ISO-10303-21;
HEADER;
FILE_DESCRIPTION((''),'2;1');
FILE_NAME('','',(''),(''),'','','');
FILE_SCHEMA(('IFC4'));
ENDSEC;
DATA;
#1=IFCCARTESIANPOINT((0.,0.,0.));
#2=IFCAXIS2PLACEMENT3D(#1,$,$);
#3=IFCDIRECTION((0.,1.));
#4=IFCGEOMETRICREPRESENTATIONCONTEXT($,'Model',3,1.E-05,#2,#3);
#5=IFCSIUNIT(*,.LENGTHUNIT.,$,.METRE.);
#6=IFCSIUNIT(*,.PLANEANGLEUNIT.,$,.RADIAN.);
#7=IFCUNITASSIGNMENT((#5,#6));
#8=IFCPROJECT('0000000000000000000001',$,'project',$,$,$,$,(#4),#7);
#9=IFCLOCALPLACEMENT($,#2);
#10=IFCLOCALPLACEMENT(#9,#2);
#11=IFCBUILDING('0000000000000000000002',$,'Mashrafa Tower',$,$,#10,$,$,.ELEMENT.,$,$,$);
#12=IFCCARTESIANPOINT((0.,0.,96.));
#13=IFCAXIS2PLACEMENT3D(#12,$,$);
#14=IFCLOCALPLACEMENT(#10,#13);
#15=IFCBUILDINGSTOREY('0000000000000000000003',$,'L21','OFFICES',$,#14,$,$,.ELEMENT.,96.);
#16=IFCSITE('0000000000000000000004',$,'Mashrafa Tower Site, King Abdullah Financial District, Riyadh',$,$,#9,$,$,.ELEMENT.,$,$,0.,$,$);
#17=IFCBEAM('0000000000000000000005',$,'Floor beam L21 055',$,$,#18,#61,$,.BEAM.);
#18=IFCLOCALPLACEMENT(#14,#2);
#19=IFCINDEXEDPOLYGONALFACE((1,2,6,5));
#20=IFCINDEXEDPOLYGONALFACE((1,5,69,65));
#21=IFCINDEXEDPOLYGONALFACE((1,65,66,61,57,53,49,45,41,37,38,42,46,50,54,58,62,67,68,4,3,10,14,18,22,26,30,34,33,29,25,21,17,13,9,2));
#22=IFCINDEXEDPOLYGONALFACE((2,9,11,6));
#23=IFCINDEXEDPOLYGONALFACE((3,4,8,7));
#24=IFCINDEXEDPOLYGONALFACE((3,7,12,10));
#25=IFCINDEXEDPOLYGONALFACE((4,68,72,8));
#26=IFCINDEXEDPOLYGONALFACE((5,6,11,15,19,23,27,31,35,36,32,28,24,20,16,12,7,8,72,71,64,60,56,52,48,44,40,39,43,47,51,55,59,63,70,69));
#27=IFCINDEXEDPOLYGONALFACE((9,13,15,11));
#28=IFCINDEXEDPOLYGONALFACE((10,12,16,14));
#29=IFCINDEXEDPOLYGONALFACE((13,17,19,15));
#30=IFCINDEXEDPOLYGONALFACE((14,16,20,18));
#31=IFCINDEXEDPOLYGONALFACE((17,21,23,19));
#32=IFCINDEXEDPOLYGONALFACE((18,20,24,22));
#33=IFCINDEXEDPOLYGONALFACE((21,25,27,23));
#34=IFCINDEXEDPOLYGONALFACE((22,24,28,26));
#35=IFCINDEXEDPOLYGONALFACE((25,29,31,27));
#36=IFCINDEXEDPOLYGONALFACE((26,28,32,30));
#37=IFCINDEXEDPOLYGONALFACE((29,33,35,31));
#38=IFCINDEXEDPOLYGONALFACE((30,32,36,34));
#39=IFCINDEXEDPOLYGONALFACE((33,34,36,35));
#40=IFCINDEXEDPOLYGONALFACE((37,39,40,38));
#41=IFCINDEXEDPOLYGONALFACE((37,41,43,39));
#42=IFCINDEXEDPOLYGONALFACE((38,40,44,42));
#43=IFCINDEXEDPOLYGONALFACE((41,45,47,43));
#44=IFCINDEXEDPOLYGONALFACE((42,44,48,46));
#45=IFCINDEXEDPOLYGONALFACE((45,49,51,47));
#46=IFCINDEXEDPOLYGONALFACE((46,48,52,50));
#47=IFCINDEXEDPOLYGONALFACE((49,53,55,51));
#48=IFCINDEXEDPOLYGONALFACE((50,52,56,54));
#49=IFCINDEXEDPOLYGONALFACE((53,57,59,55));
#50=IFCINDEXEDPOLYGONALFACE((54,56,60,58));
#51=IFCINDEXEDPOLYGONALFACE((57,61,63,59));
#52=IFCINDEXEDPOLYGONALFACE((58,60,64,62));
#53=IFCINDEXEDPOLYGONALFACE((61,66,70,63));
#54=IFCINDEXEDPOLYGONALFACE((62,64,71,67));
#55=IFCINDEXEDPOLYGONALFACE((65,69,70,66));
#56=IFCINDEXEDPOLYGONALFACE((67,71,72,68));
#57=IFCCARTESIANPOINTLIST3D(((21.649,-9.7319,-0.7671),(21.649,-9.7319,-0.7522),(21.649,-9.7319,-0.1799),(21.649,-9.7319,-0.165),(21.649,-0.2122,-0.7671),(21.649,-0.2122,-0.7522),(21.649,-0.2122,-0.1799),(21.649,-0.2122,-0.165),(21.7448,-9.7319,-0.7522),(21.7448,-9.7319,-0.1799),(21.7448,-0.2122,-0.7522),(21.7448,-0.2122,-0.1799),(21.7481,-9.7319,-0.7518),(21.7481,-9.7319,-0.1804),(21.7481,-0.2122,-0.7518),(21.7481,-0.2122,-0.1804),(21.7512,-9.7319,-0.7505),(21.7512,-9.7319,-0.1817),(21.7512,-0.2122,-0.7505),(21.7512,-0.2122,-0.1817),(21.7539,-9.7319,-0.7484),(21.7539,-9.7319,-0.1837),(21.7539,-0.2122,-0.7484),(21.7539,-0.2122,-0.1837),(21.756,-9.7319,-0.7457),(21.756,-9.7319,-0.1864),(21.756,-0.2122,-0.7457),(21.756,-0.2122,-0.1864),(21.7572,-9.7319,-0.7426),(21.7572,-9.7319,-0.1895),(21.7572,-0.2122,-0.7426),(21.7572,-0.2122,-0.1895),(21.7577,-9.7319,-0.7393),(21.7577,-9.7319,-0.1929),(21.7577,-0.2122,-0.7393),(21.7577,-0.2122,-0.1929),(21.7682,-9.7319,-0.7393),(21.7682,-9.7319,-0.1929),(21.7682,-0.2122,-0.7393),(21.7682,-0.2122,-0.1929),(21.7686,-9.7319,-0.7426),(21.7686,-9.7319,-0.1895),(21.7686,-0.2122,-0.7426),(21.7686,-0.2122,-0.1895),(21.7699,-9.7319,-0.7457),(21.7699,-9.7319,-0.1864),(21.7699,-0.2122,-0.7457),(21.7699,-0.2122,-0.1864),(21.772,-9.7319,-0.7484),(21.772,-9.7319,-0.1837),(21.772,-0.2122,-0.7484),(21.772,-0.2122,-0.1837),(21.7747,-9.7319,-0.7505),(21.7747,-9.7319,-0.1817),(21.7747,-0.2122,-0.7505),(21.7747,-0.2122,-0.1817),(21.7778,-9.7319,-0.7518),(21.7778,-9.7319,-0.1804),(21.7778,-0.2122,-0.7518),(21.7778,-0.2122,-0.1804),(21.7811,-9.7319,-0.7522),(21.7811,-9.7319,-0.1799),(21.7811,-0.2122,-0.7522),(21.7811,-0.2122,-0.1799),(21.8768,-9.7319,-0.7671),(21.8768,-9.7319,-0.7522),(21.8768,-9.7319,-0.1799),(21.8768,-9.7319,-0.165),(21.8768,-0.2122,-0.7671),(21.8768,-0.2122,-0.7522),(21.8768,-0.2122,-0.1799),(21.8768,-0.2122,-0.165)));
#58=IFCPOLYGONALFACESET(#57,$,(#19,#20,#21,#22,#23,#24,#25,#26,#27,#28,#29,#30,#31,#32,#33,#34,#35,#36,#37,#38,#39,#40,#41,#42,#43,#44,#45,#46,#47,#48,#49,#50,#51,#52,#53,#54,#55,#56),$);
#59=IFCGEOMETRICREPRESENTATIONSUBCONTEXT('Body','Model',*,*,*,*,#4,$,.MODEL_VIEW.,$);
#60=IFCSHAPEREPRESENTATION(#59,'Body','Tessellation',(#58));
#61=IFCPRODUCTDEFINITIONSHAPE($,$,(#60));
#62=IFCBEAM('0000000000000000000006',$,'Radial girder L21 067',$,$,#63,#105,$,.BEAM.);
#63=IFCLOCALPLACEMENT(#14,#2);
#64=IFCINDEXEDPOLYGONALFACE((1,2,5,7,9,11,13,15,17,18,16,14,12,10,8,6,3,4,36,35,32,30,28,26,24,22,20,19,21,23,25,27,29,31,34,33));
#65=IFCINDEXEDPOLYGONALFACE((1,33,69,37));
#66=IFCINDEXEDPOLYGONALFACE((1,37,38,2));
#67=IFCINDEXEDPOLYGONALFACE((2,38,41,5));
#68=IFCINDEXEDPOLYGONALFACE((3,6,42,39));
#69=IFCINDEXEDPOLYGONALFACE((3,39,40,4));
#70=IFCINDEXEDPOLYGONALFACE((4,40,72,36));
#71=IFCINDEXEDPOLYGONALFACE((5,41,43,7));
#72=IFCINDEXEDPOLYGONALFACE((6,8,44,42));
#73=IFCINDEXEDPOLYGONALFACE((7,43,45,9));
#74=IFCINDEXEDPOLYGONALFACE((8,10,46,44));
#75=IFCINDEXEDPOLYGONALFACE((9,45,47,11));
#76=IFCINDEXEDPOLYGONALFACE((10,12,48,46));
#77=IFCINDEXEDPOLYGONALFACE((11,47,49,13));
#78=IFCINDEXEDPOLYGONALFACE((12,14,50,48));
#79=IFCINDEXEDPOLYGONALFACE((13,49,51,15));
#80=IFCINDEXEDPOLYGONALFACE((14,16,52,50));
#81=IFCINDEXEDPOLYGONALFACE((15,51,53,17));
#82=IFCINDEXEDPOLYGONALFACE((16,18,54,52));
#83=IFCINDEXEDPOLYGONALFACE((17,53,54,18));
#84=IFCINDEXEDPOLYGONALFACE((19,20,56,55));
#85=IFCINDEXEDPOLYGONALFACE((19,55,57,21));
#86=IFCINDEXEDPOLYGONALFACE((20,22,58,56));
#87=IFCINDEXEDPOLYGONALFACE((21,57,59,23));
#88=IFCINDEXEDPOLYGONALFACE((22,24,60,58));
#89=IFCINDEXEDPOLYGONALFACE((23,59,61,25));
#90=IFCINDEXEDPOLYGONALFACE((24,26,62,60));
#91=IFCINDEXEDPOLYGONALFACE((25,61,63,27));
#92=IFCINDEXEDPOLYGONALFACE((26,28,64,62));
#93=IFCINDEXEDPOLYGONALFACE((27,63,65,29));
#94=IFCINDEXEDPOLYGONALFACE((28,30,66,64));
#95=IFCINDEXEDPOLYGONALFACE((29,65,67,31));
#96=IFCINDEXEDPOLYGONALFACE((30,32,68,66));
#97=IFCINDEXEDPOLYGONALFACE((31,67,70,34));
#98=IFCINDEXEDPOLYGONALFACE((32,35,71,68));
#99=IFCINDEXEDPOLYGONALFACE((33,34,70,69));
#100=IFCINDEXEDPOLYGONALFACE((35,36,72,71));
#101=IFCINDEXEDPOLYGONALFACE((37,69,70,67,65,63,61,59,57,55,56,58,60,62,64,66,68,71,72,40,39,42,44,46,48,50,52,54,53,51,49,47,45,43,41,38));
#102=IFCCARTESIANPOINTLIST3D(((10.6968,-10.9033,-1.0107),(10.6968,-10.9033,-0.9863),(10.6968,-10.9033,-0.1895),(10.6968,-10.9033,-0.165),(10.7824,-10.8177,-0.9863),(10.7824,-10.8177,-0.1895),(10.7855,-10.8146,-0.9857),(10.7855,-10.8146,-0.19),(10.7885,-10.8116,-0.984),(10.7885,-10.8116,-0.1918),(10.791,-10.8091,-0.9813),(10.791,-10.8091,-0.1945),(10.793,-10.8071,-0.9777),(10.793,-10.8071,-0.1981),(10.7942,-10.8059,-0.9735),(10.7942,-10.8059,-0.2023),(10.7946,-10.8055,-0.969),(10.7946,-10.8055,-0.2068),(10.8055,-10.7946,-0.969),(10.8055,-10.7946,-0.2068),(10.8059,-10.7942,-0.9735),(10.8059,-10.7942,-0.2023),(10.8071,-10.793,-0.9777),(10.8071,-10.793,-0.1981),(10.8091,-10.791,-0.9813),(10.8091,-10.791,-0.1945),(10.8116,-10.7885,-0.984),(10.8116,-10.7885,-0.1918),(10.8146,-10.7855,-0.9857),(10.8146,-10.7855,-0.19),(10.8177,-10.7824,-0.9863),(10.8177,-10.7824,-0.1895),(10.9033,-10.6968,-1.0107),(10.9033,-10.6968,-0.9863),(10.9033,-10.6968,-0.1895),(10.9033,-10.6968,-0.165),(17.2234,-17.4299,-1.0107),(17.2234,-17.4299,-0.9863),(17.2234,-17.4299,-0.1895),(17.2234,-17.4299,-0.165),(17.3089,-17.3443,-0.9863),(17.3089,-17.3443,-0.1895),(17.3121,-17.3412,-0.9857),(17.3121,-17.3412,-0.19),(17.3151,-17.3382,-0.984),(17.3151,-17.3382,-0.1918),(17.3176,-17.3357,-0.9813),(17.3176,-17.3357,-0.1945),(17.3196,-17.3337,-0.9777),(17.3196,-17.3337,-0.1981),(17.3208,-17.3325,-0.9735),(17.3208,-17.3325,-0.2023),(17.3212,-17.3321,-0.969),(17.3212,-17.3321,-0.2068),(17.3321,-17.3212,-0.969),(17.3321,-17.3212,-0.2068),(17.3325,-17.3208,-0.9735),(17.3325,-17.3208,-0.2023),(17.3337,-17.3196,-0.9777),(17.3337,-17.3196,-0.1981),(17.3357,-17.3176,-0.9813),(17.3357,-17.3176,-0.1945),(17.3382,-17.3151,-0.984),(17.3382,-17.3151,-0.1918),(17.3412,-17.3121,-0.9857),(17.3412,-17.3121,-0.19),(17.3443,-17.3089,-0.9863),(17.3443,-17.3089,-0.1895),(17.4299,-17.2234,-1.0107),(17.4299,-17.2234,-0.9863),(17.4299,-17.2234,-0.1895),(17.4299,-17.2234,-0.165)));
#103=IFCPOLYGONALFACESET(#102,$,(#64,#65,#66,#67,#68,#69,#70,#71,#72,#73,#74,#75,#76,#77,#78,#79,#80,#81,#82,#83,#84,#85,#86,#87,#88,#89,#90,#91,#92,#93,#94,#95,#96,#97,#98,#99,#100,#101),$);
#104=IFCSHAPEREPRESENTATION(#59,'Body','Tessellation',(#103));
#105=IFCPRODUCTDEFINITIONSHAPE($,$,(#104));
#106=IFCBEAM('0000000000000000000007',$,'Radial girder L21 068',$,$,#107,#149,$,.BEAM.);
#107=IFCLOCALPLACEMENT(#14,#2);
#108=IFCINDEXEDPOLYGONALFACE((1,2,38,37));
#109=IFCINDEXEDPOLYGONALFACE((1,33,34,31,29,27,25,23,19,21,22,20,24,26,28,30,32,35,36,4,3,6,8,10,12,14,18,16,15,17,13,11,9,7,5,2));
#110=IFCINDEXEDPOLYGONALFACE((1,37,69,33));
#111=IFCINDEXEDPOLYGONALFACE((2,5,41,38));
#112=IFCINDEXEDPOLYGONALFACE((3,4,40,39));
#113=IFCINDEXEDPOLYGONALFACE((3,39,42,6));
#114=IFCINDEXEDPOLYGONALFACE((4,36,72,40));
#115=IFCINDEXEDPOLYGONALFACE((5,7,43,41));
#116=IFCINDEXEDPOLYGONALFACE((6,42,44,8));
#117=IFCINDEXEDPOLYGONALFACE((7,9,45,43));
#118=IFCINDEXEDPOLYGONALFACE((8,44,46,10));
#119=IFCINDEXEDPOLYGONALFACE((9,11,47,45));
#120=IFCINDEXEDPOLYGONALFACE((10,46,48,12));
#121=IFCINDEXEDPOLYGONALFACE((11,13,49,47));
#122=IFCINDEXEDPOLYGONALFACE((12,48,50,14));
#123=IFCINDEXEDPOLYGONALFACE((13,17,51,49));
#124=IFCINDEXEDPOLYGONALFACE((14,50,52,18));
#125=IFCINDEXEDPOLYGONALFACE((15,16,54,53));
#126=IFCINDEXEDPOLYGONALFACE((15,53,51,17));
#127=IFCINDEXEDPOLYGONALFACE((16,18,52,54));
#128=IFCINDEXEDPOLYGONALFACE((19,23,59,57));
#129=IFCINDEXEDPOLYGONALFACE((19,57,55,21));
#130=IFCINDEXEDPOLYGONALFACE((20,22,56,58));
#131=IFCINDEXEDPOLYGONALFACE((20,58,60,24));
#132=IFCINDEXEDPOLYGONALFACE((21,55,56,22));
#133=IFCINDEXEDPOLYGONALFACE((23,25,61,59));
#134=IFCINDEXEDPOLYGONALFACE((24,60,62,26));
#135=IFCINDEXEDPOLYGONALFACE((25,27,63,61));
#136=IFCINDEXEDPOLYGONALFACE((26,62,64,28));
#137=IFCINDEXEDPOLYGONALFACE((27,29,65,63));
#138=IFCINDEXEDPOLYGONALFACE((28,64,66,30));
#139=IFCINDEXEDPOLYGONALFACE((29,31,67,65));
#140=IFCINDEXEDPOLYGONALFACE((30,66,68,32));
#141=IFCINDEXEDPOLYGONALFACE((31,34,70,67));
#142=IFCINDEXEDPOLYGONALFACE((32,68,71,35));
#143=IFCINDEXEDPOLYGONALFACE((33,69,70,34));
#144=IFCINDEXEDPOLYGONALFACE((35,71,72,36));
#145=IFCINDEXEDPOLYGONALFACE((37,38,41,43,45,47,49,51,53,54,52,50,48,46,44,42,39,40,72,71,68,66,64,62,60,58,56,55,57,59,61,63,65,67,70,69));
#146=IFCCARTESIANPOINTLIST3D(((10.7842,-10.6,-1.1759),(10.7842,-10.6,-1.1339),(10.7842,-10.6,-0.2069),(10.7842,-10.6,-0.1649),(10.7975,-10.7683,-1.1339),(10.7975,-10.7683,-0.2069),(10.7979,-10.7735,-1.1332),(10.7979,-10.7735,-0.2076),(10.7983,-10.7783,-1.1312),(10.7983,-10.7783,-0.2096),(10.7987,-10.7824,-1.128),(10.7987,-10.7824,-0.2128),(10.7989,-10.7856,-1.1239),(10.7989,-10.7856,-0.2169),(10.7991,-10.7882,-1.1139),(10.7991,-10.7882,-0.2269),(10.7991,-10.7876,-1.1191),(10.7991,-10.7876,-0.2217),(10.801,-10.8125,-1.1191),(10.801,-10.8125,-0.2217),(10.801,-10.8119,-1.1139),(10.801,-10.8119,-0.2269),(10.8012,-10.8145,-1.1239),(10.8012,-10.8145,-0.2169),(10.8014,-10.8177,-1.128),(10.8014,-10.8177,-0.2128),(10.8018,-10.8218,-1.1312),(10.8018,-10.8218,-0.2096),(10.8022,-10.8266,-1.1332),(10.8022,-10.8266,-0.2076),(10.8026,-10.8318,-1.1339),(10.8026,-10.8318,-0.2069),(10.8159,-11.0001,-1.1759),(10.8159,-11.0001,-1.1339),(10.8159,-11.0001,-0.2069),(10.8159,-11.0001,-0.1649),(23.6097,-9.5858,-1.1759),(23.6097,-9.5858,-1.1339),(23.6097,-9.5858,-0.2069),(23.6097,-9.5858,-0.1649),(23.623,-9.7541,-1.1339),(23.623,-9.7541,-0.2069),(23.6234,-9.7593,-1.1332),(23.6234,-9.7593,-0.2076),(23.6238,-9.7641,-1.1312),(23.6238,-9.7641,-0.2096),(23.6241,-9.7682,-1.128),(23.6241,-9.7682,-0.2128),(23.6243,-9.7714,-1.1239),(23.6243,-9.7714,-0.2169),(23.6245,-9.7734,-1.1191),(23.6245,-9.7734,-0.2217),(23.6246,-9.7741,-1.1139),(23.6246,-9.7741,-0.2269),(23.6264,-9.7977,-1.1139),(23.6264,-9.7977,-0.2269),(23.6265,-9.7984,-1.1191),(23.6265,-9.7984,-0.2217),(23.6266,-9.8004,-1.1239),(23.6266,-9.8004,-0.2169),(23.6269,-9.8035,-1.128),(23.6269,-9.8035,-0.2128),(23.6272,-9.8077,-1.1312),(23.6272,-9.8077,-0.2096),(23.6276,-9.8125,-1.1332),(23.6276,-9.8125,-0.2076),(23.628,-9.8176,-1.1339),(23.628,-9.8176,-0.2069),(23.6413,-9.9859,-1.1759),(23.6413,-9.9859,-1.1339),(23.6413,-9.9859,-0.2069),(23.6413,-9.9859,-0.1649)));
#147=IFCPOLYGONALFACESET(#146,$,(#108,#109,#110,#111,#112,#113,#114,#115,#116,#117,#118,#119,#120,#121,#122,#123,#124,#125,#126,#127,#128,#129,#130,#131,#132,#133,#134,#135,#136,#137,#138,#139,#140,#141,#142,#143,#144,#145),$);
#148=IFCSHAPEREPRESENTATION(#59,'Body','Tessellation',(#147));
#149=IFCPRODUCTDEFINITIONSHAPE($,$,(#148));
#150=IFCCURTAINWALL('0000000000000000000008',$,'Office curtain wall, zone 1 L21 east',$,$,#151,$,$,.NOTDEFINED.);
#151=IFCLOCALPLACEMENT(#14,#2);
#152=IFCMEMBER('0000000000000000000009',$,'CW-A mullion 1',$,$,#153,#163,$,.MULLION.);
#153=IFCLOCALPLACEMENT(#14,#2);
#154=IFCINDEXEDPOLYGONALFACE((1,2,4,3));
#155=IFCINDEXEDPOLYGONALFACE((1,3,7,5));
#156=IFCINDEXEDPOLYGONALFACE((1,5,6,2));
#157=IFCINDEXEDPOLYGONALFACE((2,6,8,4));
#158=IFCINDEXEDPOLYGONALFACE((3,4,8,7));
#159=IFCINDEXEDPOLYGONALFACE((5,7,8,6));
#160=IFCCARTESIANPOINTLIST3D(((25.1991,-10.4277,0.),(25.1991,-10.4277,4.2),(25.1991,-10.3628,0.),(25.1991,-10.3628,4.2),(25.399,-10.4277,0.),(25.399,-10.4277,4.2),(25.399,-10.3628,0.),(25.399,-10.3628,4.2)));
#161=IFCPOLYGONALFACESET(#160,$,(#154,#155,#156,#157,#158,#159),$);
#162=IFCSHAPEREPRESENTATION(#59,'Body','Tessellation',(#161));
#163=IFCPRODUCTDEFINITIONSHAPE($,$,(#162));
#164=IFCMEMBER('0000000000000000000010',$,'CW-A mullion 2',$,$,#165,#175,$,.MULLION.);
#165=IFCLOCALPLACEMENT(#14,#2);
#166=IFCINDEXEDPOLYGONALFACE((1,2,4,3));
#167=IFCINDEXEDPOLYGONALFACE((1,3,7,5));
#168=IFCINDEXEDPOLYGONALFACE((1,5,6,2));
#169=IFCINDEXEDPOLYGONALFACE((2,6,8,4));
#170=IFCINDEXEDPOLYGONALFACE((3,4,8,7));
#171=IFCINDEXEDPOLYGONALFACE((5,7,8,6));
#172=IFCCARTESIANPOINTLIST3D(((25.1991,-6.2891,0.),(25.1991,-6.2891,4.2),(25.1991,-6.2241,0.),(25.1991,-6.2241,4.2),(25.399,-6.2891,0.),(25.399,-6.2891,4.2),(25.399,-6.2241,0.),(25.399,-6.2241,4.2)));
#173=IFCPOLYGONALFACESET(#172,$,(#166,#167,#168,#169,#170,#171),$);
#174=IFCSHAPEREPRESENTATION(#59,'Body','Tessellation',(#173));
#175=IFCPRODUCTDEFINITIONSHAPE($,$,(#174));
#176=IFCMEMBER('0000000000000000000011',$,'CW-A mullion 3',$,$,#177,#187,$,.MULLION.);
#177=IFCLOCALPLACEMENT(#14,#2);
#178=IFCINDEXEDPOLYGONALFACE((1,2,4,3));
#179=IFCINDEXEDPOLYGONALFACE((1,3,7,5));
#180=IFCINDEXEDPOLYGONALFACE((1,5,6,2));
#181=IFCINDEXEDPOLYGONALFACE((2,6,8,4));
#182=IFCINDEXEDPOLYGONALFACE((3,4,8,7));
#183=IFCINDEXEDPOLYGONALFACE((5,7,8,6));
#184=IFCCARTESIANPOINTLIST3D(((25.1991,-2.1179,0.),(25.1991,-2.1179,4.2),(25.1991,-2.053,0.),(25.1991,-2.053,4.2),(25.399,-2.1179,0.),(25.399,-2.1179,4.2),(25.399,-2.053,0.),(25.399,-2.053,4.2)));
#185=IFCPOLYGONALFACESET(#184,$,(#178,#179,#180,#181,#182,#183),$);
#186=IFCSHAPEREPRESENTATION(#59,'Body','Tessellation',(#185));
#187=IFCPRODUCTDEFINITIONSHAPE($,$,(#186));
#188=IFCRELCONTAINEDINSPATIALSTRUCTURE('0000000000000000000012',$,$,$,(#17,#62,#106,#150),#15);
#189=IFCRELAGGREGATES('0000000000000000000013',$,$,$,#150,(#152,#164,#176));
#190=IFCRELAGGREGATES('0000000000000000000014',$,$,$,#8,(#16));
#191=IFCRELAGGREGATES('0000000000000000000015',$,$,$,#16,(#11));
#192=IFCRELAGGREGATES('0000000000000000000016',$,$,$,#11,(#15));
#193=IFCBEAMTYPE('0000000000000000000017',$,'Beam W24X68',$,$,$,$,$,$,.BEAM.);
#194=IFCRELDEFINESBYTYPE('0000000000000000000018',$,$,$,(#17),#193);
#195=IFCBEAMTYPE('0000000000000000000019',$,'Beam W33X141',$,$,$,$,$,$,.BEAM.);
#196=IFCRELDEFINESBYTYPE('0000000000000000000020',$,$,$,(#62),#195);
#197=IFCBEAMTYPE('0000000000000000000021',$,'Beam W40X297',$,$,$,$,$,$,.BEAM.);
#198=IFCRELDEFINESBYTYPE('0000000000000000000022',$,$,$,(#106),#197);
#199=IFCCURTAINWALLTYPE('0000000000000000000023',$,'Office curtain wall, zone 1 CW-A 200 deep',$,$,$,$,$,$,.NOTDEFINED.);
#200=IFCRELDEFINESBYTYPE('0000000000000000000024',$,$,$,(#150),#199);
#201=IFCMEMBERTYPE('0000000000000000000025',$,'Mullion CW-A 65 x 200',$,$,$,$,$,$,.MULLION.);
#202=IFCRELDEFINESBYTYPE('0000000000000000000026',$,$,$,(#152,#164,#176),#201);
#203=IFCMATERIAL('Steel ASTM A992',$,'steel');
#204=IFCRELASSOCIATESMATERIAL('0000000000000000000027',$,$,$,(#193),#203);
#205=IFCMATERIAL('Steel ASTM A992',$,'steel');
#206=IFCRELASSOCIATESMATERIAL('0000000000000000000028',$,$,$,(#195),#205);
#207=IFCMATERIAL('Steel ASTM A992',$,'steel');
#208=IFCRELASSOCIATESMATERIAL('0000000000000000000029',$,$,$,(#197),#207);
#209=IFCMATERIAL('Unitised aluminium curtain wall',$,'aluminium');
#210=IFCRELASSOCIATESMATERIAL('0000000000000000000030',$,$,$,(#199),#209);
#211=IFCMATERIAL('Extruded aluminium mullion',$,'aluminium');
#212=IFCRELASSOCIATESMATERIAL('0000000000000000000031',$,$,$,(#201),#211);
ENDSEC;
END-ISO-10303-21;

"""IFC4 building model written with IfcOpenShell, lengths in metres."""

from ifc_helpers import new_model, si_unit, direction, frame, origin, origin_2d, place, context, subcontext, project, spatial, rectangle, i_section, extrude, source, transform, mapped, material, material_profile, profile_set, type_object, type_shapes, element, aggregate, save


model = new_model("IFC4")

# Units and contexts
model_context = context("Model", 3, precision=1e-05, world=origin(), true_north=direction((0.0, 1.0)))
body_context = subcontext(model_context, "Body", "Model", "MODEL_VIEW")
ifc_project = project(units=[si_unit("LENGTHUNIT", "METRE"), si_unit("PLANEANGLEUNIT", "RADIAN")], contexts=[model_context])

# Site, building, storey
site_placement = place(None, origin())
site = spatial("IfcSite", under=ifc_project, at=site_placement, Name="Mashrafa Tower Site, King Abdullah Financial District, Riyadh", CompositionType="ELEMENT", RefElevation=0.0)
building_placement = place(site_placement, origin())
building = spatial("IfcBuilding", under=site, at=building_placement, Name="Mashrafa Tower", CompositionType="ELEMENT")
storey_placement = place(building_placement, frame((0.0, 0.0, 96.0)))
storey = spatial("IfcBuildingStorey", under=building, at=storey_placement, Name="L21", Description="OFFICES", CompositionType="ELEMENT", Elevation=96.0)

# Beams
ifc_material_1 = material(Name="Steel ASTM A992", Category="steel")
ifc_material_profile_1 = material_profile(ifc_material_1, i_section(OverallWidth=0.2278, OverallDepth=0.6021, WebThickness=0.0105, FlangeThickness=0.0149, FilletRadius=0.0129, at=origin_2d()), Name="W24X68")
ifc_profile_set_1 = profile_set([ifc_material_profile_1], Name="Steel ASTM A992")
beam_type_1 = type_object("IfcBeamType", Name="Beam W24X68", PredefinedType="BEAM", material=ifc_profile_set_1)
beam_1_placement = place(storey_placement, frame((21.7629, -0.2122, -0.4661), z_axis=(0.0, -1.0, 0.0), x_axis=(1.0, 0.0, 0.0)))
element("IfcBeam", 1, at=beam_1_placement, inside=storey, type_object=beam_type_1, Name="Floor beam L21 055", PredefinedType="BEAM", context=body_context, shape_type="SweptSolid", body=[
    extrude(i_section(OverallWidth=0.2278, OverallDepth=0.6021, WebThickness=0.0105, FlangeThickness=0.0149, FilletRadius=0.0129, at=origin_2d()), origin(), (0.0, 0.0, 1.0), 9.5198),
])
ifc_material_2 = material(Name="Steel ASTM A992", Category="steel")
ifc_material_profile_2 = material_profile(ifc_material_2, i_section(OverallWidth=0.292, OverallDepth=0.8457, WebThickness=0.0154, FlangeThickness=0.0244, FilletRadius=0.0173, at=origin_2d()), Name="W33X141")
ifc_profile_set_2 = profile_set([ifc_material_profile_2], Name="Steel ASTM A992")
beam_type_2 = type_object("IfcBeamType", Name="Beam W33X141", PredefinedType="BEAM", material=ifc_profile_set_2)
beam_2_placement = place(storey_placement, frame((10.8, -10.8, -0.5879), z_axis=(0.707107, -0.707107, 0.0), x_axis=(0.707107, 0.707107, 0.0)))
element("IfcBeam", 2, at=beam_2_placement, inside=storey, type_object=beam_type_2, Name="Radial girder L21 067", PredefinedType="BEAM", context=body_context, shape_type="SweptSolid", body=[
    extrude(i_section(OverallWidth=0.292, OverallDepth=0.8457, WebThickness=0.0154, FlangeThickness=0.0244, FilletRadius=0.0173, at=origin_2d()), origin(), (0.0, 0.0, 1.0), 9.23),
])
ifc_material_3 = material(Name="Steel ASTM A992", Category="steel")
ifc_material_profile_3 = material_profile(ifc_material_3, i_section(OverallWidth=0.4014, OverallDepth=1.011, WebThickness=0.0237, FlangeThickness=0.042, FilletRadius=0.02, at=origin_2d()), Name="W40X297")
ifc_profile_set_3 = profile_set([ifc_material_profile_3], Name="Steel ASTM A992")
beam_type_3 = type_object("IfcBeamType", Name="Beam W40X297", PredefinedType="BEAM", material=ifc_profile_set_3)
beam_3_placement = place(storey_placement, frame((10.8, -10.8, -0.6704), z_axis=(0.996888, 0.078828, 0.0), x_axis=(-0.078828, 0.996888, 0.0)))
element("IfcBeam", 3, at=beam_3_placement, inside=storey, type_object=beam_type_3, Name="Radial girder L21 068", PredefinedType="BEAM", context=body_context, shape_type="SweptSolid", body=[
    extrude(i_section(OverallWidth=0.4014, OverallDepth=1.011, WebThickness=0.0237, FlangeThickness=0.042, FilletRadius=0.02, at=origin_2d()), origin(), (0.0, 0.0, 1.0), 12.8655),
])

# Curtain wall, members
ifc_material_4 = material(Name="Unitised aluminium curtain wall", Category="aluminium")
curtain_wall_type = type_object("IfcCurtainWallType", Name="Office curtain wall, zone 1 CW-A 200 deep", PredefinedType="NOTDEFINED", material=ifc_material_4)
curtain_wall_1_placement = place(storey_placement, origin())
curtain_wall_1 = element("IfcCurtainWall", 4, at=curtain_wall_1_placement, inside=storey, type_object=curtain_wall_type, Name="Office curtain wall, zone 1 L21 east", PredefinedType="NOTDEFINED")
ifc_material_5 = material(Name="Extruded aluminium mullion", Category="aluminium")
ifc_material_profile_4 = material_profile(ifc_material_5, rectangle(XDim=0.2, YDim=0.0649, at=origin_2d()), Name="Mullion 65x200")
ifc_profile_set_4 = profile_set([ifc_material_profile_4], Name="Extruded aluminium mullion")
member_type_1 = type_object("IfcMemberType", Name="Mullion CW-A 65 x 200", PredefinedType="MULLION", material=ifc_profile_set_4)
shared_shape_1 = source(origin(), body_context, "Body", "SweptSolid", [
    extrude(rectangle(XDim=0.2, YDim=0.0649, at=origin_2d()), origin(), (0.0, 0.0, 1.0), 4.2),
])
type_shapes(member_type_1, [shared_shape_1])
member_1_placement = place(storey_placement, frame((25.2991, -10.3953, 0.0), z_axis=(0.0, 0.0, 1.0), x_axis=(-1.0, 0.0, 0.0)))
member_1 = element("IfcMember", 5, at=member_1_placement, type_object=member_type_1, Name="CW-A mullion 1", PredefinedType="MULLION", context=body_context, shape_type="MappedRepresentation", body=[
    mapped(shared_shape_1, transform((0.0, 0.0, 0.0))),
])
member_2_placement = place(storey_placement, frame((25.2991, -6.2566, 0.0), z_axis=(0.0, 0.0, 1.0), x_axis=(-1.0, 0.0, 0.0)))
member_2 = element("IfcMember", 6, at=member_2_placement, type_object=member_type_1, Name="CW-A mullion 2", PredefinedType="MULLION", context=body_context, shape_type="MappedRepresentation", body=[
    mapped(shared_shape_1, transform((0.0, 0.0, 0.0))),
])
member_3_placement = place(storey_placement, frame((25.2991, -2.0854, 0.0), z_axis=(0.0, 0.0, 1.0), x_axis=(-1.0, 0.0, 0.0)))
member_3 = element("IfcMember", 7, at=member_3_placement, type_object=member_type_1, Name="CW-A mullion 3", PredefinedType="MULLION", context=body_context, shape_type="MappedRepresentation", body=[
    mapped(shared_shape_1, transform((0.0, 0.0, 0.0))),
])

aggregate(curtain_wall_1, [member_1, member_2, member_3])

save(model, "model.ifc")
